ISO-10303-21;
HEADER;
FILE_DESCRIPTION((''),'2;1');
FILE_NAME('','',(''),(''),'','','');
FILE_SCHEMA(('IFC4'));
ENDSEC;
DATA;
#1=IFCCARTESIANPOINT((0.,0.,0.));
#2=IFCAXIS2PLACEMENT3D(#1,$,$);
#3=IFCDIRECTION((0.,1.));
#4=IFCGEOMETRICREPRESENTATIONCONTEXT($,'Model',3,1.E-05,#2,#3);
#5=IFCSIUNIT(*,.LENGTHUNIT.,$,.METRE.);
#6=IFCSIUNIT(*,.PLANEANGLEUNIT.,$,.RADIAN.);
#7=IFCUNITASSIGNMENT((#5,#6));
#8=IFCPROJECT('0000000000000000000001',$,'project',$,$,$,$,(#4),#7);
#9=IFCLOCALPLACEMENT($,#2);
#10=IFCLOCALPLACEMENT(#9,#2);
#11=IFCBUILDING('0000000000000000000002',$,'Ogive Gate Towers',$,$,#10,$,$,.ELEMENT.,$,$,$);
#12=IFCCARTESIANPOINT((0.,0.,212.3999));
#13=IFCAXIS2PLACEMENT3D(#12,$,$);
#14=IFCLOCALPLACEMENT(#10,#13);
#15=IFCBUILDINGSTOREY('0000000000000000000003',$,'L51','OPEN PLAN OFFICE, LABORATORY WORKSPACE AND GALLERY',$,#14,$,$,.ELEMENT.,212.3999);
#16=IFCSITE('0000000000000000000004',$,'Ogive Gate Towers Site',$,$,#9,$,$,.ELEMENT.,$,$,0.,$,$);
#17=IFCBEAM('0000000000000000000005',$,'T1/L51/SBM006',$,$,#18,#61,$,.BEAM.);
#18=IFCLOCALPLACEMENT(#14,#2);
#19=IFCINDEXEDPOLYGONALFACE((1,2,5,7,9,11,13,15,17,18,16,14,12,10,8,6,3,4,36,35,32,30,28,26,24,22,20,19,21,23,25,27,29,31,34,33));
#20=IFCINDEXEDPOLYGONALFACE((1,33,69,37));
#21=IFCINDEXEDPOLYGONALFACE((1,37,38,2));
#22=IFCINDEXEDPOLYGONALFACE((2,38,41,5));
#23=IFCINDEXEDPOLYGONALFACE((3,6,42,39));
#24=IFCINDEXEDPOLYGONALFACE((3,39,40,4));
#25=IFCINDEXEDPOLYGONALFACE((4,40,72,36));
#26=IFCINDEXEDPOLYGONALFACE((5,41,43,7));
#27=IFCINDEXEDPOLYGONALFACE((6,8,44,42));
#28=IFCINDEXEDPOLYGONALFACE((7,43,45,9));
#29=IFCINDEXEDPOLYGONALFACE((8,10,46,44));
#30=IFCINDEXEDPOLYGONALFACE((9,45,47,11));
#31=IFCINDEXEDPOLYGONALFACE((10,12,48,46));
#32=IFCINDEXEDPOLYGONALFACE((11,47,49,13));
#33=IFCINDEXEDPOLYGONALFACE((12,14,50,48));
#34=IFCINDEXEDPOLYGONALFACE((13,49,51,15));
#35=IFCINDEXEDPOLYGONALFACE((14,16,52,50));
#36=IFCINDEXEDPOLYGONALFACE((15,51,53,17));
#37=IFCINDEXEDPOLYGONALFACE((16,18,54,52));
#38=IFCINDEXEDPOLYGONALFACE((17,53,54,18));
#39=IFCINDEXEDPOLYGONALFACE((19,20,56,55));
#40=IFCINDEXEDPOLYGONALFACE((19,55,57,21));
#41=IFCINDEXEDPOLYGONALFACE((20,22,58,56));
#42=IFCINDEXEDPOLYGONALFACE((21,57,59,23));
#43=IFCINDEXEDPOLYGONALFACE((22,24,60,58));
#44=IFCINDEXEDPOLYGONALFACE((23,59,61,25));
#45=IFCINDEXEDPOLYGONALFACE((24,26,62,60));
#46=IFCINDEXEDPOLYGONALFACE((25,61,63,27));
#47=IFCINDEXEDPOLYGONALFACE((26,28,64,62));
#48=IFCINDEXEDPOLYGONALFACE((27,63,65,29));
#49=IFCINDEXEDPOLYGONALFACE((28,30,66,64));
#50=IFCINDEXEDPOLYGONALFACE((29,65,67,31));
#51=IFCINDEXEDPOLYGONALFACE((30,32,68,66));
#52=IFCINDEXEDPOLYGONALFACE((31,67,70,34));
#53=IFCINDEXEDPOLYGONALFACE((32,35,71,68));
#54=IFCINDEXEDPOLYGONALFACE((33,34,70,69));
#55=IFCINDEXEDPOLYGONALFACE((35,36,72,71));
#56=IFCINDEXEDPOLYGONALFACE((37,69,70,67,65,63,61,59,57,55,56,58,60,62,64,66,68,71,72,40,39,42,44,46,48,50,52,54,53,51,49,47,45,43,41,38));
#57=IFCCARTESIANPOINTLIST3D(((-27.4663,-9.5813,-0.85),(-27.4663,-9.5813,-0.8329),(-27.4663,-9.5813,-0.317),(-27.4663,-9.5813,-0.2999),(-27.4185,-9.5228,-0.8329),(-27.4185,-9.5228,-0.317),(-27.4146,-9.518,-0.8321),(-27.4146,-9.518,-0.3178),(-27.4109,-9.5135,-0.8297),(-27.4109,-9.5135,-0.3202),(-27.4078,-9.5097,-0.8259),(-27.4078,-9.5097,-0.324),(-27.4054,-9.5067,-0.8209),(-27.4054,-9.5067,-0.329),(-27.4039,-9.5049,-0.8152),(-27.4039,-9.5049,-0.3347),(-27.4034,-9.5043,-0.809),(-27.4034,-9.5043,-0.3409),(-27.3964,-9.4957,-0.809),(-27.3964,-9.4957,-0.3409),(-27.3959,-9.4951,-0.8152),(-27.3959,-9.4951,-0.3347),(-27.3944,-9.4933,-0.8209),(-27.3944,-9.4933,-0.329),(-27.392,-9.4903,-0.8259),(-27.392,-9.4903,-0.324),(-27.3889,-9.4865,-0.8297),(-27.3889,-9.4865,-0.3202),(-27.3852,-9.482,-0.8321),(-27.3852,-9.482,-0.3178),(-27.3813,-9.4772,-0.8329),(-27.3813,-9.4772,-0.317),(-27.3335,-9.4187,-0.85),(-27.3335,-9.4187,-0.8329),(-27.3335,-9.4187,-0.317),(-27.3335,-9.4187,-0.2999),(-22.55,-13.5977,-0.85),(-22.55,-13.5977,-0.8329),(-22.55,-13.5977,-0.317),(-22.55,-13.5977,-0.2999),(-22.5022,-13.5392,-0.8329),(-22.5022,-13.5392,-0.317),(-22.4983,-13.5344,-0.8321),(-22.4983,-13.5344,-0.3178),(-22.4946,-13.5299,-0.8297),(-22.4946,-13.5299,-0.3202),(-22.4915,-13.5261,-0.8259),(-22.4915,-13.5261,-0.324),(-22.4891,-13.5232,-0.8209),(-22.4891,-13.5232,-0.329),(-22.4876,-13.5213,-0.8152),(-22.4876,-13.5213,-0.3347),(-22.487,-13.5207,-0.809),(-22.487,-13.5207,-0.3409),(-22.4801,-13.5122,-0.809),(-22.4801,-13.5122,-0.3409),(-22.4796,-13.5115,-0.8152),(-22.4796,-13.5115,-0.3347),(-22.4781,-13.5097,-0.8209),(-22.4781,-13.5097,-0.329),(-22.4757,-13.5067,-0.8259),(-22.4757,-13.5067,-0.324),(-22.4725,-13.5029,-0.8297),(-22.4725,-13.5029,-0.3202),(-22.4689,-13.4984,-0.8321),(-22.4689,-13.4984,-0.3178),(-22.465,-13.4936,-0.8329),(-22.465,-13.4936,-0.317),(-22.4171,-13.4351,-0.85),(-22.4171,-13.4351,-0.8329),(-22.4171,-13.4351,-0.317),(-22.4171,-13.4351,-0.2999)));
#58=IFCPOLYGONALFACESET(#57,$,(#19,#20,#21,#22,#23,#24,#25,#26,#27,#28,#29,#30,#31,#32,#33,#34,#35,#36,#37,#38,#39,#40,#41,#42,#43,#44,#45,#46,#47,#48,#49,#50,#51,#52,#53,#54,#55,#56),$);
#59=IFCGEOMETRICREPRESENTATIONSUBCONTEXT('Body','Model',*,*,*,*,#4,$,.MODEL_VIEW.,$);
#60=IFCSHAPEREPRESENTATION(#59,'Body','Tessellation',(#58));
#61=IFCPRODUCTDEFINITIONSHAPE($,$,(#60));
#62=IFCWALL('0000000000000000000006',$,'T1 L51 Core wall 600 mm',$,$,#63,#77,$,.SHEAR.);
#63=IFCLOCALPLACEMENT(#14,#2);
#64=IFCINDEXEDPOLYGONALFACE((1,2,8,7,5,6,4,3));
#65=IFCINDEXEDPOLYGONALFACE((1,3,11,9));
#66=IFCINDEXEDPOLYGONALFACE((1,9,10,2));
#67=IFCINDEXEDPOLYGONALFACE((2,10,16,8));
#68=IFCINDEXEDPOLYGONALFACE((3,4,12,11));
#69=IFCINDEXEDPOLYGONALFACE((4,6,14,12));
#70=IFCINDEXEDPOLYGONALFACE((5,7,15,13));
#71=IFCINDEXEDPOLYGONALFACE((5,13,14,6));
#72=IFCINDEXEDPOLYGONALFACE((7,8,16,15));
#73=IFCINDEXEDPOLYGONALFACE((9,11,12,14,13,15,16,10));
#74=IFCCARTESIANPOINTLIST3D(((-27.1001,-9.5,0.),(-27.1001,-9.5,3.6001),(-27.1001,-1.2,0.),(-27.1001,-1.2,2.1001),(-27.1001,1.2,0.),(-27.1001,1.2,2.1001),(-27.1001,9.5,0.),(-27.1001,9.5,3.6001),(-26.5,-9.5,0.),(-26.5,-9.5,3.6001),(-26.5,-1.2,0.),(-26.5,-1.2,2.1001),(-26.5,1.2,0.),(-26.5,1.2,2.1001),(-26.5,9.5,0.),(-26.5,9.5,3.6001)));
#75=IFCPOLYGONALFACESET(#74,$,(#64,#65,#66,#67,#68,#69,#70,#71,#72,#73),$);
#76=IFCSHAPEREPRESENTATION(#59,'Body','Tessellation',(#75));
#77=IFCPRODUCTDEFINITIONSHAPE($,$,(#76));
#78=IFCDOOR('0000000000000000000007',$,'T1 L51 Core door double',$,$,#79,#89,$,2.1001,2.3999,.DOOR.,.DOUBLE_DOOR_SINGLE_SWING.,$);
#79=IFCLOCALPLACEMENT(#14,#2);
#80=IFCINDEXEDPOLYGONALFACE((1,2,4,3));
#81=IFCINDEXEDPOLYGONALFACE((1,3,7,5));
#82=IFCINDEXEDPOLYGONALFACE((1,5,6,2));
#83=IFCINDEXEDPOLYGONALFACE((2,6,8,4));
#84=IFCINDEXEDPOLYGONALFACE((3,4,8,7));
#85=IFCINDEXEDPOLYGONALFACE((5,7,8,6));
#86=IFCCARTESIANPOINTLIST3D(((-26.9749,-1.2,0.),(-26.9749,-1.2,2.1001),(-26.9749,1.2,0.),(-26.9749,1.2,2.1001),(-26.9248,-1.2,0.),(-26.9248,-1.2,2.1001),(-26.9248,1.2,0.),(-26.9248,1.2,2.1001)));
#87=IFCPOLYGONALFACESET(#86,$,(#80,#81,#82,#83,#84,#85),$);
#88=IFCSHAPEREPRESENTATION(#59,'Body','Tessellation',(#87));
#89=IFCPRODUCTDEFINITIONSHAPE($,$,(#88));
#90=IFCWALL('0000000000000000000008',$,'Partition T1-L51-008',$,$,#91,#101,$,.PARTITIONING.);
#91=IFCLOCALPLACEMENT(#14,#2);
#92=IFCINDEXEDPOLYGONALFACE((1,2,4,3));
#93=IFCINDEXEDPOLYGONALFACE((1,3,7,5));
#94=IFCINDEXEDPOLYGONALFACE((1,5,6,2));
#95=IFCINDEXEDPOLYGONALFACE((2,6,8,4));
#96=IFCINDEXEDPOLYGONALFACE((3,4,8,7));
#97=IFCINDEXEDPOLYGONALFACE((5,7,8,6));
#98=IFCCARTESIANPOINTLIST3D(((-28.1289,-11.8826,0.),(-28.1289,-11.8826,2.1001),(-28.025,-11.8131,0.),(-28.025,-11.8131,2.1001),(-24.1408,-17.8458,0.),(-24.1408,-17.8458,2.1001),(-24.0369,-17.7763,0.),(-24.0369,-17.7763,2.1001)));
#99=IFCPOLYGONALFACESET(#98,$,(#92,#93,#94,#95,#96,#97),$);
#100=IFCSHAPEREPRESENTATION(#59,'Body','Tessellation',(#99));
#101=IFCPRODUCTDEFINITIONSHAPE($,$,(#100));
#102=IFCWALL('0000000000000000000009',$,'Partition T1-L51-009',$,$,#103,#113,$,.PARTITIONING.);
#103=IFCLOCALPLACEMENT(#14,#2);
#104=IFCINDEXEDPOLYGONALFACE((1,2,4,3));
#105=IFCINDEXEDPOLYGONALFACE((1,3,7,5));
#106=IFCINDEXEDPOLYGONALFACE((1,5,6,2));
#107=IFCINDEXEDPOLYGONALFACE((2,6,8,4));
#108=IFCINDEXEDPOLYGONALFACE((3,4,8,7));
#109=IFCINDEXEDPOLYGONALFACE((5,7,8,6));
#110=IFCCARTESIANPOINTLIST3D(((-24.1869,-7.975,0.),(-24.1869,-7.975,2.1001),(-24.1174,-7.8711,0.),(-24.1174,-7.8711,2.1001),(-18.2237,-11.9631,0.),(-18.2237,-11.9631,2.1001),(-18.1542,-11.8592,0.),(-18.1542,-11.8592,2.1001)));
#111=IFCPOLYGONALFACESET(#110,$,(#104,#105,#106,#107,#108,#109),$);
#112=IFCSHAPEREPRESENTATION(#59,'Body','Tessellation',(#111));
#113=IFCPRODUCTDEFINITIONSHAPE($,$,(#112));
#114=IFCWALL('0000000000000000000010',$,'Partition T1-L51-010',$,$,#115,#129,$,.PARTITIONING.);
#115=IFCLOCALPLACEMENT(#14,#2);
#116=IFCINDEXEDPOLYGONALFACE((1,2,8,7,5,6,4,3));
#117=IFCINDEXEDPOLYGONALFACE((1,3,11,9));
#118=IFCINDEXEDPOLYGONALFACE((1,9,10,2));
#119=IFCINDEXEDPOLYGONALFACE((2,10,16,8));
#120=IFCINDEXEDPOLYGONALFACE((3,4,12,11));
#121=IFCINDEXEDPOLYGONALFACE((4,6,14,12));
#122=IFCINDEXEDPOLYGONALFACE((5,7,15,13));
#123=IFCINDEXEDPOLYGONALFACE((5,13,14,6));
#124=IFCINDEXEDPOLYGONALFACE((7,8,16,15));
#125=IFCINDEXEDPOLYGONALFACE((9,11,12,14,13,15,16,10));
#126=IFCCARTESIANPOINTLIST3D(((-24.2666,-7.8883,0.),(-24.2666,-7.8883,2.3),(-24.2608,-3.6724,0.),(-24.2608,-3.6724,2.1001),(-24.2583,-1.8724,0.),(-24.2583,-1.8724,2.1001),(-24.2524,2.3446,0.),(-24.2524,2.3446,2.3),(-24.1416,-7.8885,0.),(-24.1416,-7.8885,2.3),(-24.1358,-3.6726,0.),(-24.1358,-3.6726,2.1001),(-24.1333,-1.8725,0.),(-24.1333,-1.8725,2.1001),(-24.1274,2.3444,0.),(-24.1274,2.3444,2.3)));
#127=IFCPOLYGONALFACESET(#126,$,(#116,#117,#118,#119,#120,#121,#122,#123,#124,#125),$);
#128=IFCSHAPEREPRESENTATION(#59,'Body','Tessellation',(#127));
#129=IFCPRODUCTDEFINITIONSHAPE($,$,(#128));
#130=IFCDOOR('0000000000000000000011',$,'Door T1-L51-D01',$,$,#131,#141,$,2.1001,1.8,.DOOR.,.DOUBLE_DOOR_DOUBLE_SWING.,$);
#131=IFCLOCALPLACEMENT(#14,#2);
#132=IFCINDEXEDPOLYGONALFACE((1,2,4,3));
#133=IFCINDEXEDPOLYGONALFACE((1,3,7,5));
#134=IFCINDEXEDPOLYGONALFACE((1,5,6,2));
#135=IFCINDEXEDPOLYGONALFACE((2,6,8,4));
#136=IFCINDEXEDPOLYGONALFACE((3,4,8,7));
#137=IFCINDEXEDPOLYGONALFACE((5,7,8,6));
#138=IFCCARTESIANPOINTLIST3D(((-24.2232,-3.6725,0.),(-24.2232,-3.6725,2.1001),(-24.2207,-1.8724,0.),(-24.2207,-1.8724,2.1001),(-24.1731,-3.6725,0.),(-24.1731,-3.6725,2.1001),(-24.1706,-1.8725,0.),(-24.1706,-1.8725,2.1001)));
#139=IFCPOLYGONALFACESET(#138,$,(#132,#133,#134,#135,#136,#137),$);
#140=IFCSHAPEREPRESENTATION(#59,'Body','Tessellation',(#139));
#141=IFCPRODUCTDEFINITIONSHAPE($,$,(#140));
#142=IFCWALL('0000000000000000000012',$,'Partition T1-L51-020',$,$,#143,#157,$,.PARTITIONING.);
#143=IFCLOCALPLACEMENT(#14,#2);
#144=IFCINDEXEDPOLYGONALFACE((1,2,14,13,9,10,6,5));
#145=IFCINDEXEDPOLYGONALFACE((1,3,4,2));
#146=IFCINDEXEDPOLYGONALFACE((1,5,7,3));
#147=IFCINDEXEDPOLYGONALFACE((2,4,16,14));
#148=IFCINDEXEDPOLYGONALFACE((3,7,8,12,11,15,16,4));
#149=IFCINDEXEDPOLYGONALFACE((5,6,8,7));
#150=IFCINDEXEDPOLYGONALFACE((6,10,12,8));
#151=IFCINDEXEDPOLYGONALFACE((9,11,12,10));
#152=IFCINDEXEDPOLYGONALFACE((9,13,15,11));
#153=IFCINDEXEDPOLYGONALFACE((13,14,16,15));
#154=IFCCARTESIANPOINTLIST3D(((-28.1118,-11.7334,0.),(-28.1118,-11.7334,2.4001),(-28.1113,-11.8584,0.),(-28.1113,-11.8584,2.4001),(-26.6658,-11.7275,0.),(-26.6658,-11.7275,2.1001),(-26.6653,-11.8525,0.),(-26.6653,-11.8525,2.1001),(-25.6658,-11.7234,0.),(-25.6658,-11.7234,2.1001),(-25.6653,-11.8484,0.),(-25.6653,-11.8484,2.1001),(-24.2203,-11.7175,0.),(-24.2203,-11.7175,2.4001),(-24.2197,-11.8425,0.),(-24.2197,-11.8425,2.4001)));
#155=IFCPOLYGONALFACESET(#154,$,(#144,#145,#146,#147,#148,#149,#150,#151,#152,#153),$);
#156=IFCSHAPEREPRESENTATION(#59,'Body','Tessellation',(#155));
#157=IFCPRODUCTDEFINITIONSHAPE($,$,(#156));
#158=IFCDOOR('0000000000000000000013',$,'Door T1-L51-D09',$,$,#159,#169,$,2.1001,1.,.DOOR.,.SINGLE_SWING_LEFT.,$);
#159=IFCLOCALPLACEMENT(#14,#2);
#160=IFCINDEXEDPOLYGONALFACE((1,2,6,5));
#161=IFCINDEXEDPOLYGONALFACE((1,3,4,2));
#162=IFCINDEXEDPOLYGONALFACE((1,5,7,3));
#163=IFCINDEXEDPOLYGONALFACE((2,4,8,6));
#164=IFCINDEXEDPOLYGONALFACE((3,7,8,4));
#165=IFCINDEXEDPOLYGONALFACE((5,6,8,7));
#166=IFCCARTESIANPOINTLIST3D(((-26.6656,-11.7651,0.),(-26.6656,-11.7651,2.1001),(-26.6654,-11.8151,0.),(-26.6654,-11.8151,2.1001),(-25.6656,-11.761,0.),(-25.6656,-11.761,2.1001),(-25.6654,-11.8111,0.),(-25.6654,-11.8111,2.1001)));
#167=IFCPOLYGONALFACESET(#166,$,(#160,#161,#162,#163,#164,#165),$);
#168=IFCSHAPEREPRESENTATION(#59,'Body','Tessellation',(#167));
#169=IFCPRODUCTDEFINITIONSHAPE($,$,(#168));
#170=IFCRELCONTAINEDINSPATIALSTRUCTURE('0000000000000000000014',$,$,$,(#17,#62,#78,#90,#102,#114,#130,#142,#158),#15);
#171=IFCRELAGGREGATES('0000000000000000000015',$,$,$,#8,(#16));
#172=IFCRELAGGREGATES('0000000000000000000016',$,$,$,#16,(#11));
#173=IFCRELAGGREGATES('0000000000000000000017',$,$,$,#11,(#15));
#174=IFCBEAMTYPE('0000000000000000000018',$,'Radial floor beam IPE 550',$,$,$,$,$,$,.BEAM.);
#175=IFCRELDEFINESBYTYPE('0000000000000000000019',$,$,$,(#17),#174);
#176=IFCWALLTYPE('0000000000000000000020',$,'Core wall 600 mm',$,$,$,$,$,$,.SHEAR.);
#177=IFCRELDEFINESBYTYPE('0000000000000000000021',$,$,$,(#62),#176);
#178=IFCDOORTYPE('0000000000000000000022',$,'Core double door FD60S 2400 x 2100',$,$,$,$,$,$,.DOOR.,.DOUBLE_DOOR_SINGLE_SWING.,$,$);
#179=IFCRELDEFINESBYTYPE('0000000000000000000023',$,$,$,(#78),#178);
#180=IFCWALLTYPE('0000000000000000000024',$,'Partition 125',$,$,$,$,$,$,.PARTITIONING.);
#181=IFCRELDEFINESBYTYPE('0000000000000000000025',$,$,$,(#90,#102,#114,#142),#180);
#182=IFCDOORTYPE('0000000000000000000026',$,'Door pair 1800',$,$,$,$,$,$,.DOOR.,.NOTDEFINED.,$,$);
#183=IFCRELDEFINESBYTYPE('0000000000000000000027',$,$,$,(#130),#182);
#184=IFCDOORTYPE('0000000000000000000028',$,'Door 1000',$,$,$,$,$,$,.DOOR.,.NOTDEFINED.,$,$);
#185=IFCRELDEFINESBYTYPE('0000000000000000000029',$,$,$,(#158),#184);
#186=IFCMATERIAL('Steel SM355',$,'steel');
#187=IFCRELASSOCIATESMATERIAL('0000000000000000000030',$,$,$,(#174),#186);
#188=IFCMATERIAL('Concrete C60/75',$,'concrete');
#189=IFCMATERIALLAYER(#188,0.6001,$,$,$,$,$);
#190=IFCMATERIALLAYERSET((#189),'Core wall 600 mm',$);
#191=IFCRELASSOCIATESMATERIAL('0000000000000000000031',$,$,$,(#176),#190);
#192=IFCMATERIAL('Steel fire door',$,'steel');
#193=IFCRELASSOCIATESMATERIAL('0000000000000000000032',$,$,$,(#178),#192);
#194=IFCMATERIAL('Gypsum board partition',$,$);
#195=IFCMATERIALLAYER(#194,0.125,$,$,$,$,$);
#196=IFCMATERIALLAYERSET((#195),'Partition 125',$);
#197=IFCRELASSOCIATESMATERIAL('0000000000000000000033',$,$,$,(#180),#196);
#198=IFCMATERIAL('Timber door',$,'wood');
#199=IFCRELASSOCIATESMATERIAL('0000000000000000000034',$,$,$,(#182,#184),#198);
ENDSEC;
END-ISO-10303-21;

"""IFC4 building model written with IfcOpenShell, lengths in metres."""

from ifc_helpers import new_model, si_unit, direction, frame, frame_2d, origin, origin_2d, place, context, subcontext, project, spatial, rectangle, i_section, extrude, material, layer, layer_set, material_profile, profile_set, type_object, element, fill, save


model = new_model("IFC4")

# Units and contexts
model_context = context("Model", 3, precision=1e-05, world=origin(), true_north=direction((0.0, 1.0)))
body_context = subcontext(model_context, "Body", "Model", "MODEL_VIEW")
ifc_project = project(units=[si_unit("LENGTHUNIT", "METRE"), si_unit("PLANEANGLEUNIT", "RADIAN")], contexts=[model_context])

# Site, building, storey
site_placement = place(None, origin())
site = spatial("IfcSite", under=ifc_project, at=site_placement, Name="Ogive Gate Towers Site", CompositionType="ELEMENT", RefElevation=0.0)
building_placement = place(site_placement, origin())
building = spatial("IfcBuilding", under=site, at=building_placement, Name="Ogive Gate Towers", CompositionType="ELEMENT")
storey_placement = place(building_placement, frame((0.0, 0.0, 212.3999)))
storey = spatial("IfcBuildingStorey", under=building, at=storey_placement, Name="L51", Description="OPEN PLAN OFFICE, LABORATORY WORKSPACE AND GALLERY", CompositionType="ELEMENT", Elevation=212.3999)

# Beam
ifc_material_1 = material(Name="Steel SM355", Category="steel")
ifc_material_profile_1 = material_profile(ifc_material_1, i_section(OverallWidth=0.21, OverallDepth=0.55, WebThickness=0.011, FlangeThickness=0.0171, FilletRadius=0.0239, at=origin_2d()), Name="IPE 550")
ifc_profile_set_1 = profile_set([ifc_material_profile_1], Name="Steel SM355")
beam_type_1 = type_object("IfcBeamType", Name="Radial floor beam IPE 550", PredefinedType="BEAM", material=ifc_profile_set_1)
beam_1_placement = place(storey_placement, frame((-27.3999, -9.5, -0.575), z_axis=(0.774423, -0.632668, 0.0), x_axis=(0.632668, 0.774423, 0.0)))
element("IfcBeam", 1, at=beam_1_placement, inside=storey, type_object=beam_type_1, Name="T1/L51/SBM006", PredefinedType="BEAM", context=body_context, shape_type="SweptSolid", body=[
    extrude(i_section(OverallWidth=0.21, OverallDepth=0.55, WebThickness=0.011, FlangeThickness=0.0171, FilletRadius=0.0239, at=origin_2d()), origin(), (0.0, 0.0, 1.0), 6.3484),
])

# Wall, opening, door
ifc_material_2 = material(Name="Concrete C60/75", Category="concrete")
ifc_layer_1 = layer(ifc_material_2, 0.6001)
ifc_layer_set_1 = layer_set([ifc_layer_1], Name="Core wall 600 mm")
wall_type_1 = type_object("IfcWallType", Name="Core wall 600 mm", PredefinedType="SHEAR", material=ifc_layer_set_1)
wall_1_placement = place(storey_placement, frame((-26.8, -9.5, 0.0), z_axis=(0.0, 0.0, 1.0), x_axis=(0.0, 1.0, 0.0)))
wall_1 = element("IfcWall", 2, at=wall_1_placement, inside=storey, type_object=wall_type_1, Name="T1 L51 Core wall 600 mm", PredefinedType="SHEAR", context=body_context, shape_type="SweptSolid", body=[
    extrude(rectangle(XDim=19.0, YDim=0.6001, at=frame_2d((9.5, 0.0))), origin(), (0.0, 0.0, 1.0), 3.6001),
])
opening_1_placement = place(wall_1_placement, frame((8.3, 0.0, 0.0)))
opening_1 = element("IfcOpeningElement", 3, at=opening_1_placement, cuts=wall_1, PredefinedType="OPENING", context=body_context, shape_type="SweptSolid", body=[
    extrude(rectangle(XDim=2.3999, YDim=2.1001, at=frame_2d((1.2, 1.05))), frame((0.0, 0.3101, 0.0), z_axis=(0.0, -1.0, 0.0), x_axis=(1.0, 0.0, 0.0)), (0.0, 0.0, 1.0), 0.6201),
])
ifc_material_3 = material(Name="Steel fire door", Category="steel")
door_type_1 = type_object("IfcDoorType", Name="Core double door FD60S 2400 x 2100", OperationType="DOUBLE_DOOR_SINGLE_SWING", PredefinedType="DOOR", material=ifc_material_3)
door_1_placement = place(opening_1_placement, origin())
door_1 = element("IfcDoor", 4, at=door_1_placement, inside=storey, type_object=door_type_1, Name="T1 L51 Core door double", OperationType="DOUBLE_DOOR_SINGLE_SWING", OverallHeight=2.1001, OverallWidth=2.3999, PredefinedType="DOOR", context=body_context, shape_type="SweptSolid", body=[
    extrude(rectangle(XDim=2.3999, YDim=2.1001, at=frame_2d((1.2, 1.05))), frame((0.0, 0.1748, 0.0), z_axis=(0.0, -1.0, 0.0), x_axis=(1.0, 0.0, 0.0)), (0.0, 0.0, 1.0), 0.05),
])
fill(opening_1, door_1)

# Walls
ifc_material_4 = material(Name="Gypsum board partition")
ifc_layer_2 = layer(ifc_material_4, 0.125)
ifc_layer_set_2 = layer_set([ifc_layer_2], Name="Partition 125")
wall_type_2 = type_object("IfcWallType", Name="Partition 125", PredefinedType="PARTITIONING", material=ifc_layer_set_2)
for number, where, z_axis, x_axis, name in (
    (5, (-24.0889, -17.811, 0.0), (0.0, 0.0, 1.0), (-0.555917, 0.831238, 0.0), "Partition T1-L51-008"),
    (6, (-18.189, -11.9111, 0.0), (0.0, 0.0, 1.0), (-0.831238, 0.555917, 0.0), "Partition T1-L51-009"),
):
    element("IfcWall", number, at=place(storey_placement, frame(where, z_axis=z_axis, x_axis=x_axis)), inside=storey, type_object=wall_type_2, Name=name, PredefinedType="PARTITIONING", context=body_context, shape_type="SweptSolid", body=[
        extrude(rectangle(XDim=7.1738, YDim=0.125, at=frame_2d((3.5869, 0.0))), origin(), (0.0, 0.0, 1.0), 2.1001),
    ])

# Walls, openings, doors
wall_2_placement = place(storey_placement, frame((-24.2041, -7.8884, 0.0), z_axis=(0.0, 0.0, 1.0), x_axis=(0.001384, 0.999999, 0.0)))
wall_2 = element("IfcWall", 7, at=wall_2_placement, inside=storey, type_object=wall_type_2, Name="Partition T1-L51-010", PredefinedType="PARTITIONING", context=body_context, shape_type="SweptSolid", body=[
    extrude(rectangle(XDim=10.2329, YDim=0.125, at=frame_2d((5.1165, 0.0))), origin(), (0.0, 0.0, 1.0), 2.3),
])
opening_2_placement = place(wall_2_placement, frame((4.2161, 0.0, 0.0)))
opening_2 = element("IfcOpeningElement", 8, at=opening_2_placement, cuts=wall_2, PredefinedType="OPENING", context=body_context, shape_type="SweptSolid", body=[
    extrude(rectangle(XDim=1.8, YDim=2.1001, at=frame_2d((0.8999, 1.05))), frame((0.0, 0.0725, 0.0), z_axis=(0.0, -1.0, 0.0), x_axis=(1.0, 0.0, 0.0)), (0.0, 0.0, 1.0), 0.145),
])
ifc_material_5 = material(Name="Timber door", Category="wood")
door_type_2 = type_object("IfcDoorType", Name="Door pair 1800", OperationType="NOTDEFINED", PredefinedType="DOOR", material=ifc_material_5)
door_2_placement = place(opening_2_placement, origin())
door_2 = element("IfcDoor", 9, at=door_2_placement, inside=storey, type_object=door_type_2, Name="Door T1-L51-D01", OperationType="DOUBLE_DOOR_DOUBLE_SWING", OverallHeight=2.1001, OverallWidth=1.8, PredefinedType="DOOR", context=body_context, shape_type="SweptSolid", body=[
    extrude(rectangle(XDim=1.8, YDim=2.1001, at=frame_2d((0.8999, 1.05))), frame((0.0, 0.0249, 0.0), z_axis=(0.0, -1.0, 0.0), x_axis=(1.0, 0.0, 0.0)), (0.0, 0.0, 1.0), 0.05),
])
fill(opening_2, door_2)
wall_3_placement = place(storey_placement, frame((-28.1116, -11.7959, 0.0), z_axis=(0.0, 0.0, 1.0), x_axis=(0.999992, 0.004078, 0.0)))
wall_3 = element("IfcWall", 10, at=wall_3_placement, inside=storey, type_object=wall_type_2, Name="Partition T1-L51-020", PredefinedType="PARTITIONING", context=body_context, shape_type="SweptSolid", body=[
    extrude(rectangle(XDim=3.8916, YDim=0.125, at=frame_2d((1.9458, 0.0))), origin(), (0.0, 0.0, 1.0), 2.4001),
])
opening_3_placement = place(wall_3_placement, frame((1.446, 0.0, 0.0)))
opening_3 = element("IfcOpeningElement", 11, at=opening_3_placement, cuts=wall_3, PredefinedType="OPENING", context=body_context, shape_type="SweptSolid", body=[
    extrude(rectangle(XDim=1.0, YDim=2.1001, at=frame_2d((0.5, 1.05))), frame((0.0, 0.0725, 0.0), z_axis=(0.0, -1.0, 0.0), x_axis=(1.0, 0.0, 0.0)), (0.0, 0.0, 1.0), 0.145),
])
door_type_3 = type_object("IfcDoorType", Name="Door 1000", OperationType="NOTDEFINED", PredefinedType="DOOR", material=ifc_material_5)
door_3_placement = place(opening_3_placement, origin())
door_3 = element("IfcDoor", 12, at=door_3_placement, inside=storey, type_object=door_type_3, Name="Door T1-L51-D09", OperationType="SINGLE_SWING_LEFT", OverallHeight=2.1001, OverallWidth=1.0, PredefinedType="DOOR", context=body_context, shape_type="SweptSolid", body=[
    extrude(rectangle(XDim=1.0, YDim=2.1001, at=frame_2d((0.5, 1.05))), frame((0.0, 0.0249, 0.0), z_axis=(0.0, -1.0, 0.0), x_axis=(1.0, 0.0, 0.0)), (0.0, 0.0, 1.0), 0.05),
])
fill(opening_3, door_3)

save(model, "model.ifc")
